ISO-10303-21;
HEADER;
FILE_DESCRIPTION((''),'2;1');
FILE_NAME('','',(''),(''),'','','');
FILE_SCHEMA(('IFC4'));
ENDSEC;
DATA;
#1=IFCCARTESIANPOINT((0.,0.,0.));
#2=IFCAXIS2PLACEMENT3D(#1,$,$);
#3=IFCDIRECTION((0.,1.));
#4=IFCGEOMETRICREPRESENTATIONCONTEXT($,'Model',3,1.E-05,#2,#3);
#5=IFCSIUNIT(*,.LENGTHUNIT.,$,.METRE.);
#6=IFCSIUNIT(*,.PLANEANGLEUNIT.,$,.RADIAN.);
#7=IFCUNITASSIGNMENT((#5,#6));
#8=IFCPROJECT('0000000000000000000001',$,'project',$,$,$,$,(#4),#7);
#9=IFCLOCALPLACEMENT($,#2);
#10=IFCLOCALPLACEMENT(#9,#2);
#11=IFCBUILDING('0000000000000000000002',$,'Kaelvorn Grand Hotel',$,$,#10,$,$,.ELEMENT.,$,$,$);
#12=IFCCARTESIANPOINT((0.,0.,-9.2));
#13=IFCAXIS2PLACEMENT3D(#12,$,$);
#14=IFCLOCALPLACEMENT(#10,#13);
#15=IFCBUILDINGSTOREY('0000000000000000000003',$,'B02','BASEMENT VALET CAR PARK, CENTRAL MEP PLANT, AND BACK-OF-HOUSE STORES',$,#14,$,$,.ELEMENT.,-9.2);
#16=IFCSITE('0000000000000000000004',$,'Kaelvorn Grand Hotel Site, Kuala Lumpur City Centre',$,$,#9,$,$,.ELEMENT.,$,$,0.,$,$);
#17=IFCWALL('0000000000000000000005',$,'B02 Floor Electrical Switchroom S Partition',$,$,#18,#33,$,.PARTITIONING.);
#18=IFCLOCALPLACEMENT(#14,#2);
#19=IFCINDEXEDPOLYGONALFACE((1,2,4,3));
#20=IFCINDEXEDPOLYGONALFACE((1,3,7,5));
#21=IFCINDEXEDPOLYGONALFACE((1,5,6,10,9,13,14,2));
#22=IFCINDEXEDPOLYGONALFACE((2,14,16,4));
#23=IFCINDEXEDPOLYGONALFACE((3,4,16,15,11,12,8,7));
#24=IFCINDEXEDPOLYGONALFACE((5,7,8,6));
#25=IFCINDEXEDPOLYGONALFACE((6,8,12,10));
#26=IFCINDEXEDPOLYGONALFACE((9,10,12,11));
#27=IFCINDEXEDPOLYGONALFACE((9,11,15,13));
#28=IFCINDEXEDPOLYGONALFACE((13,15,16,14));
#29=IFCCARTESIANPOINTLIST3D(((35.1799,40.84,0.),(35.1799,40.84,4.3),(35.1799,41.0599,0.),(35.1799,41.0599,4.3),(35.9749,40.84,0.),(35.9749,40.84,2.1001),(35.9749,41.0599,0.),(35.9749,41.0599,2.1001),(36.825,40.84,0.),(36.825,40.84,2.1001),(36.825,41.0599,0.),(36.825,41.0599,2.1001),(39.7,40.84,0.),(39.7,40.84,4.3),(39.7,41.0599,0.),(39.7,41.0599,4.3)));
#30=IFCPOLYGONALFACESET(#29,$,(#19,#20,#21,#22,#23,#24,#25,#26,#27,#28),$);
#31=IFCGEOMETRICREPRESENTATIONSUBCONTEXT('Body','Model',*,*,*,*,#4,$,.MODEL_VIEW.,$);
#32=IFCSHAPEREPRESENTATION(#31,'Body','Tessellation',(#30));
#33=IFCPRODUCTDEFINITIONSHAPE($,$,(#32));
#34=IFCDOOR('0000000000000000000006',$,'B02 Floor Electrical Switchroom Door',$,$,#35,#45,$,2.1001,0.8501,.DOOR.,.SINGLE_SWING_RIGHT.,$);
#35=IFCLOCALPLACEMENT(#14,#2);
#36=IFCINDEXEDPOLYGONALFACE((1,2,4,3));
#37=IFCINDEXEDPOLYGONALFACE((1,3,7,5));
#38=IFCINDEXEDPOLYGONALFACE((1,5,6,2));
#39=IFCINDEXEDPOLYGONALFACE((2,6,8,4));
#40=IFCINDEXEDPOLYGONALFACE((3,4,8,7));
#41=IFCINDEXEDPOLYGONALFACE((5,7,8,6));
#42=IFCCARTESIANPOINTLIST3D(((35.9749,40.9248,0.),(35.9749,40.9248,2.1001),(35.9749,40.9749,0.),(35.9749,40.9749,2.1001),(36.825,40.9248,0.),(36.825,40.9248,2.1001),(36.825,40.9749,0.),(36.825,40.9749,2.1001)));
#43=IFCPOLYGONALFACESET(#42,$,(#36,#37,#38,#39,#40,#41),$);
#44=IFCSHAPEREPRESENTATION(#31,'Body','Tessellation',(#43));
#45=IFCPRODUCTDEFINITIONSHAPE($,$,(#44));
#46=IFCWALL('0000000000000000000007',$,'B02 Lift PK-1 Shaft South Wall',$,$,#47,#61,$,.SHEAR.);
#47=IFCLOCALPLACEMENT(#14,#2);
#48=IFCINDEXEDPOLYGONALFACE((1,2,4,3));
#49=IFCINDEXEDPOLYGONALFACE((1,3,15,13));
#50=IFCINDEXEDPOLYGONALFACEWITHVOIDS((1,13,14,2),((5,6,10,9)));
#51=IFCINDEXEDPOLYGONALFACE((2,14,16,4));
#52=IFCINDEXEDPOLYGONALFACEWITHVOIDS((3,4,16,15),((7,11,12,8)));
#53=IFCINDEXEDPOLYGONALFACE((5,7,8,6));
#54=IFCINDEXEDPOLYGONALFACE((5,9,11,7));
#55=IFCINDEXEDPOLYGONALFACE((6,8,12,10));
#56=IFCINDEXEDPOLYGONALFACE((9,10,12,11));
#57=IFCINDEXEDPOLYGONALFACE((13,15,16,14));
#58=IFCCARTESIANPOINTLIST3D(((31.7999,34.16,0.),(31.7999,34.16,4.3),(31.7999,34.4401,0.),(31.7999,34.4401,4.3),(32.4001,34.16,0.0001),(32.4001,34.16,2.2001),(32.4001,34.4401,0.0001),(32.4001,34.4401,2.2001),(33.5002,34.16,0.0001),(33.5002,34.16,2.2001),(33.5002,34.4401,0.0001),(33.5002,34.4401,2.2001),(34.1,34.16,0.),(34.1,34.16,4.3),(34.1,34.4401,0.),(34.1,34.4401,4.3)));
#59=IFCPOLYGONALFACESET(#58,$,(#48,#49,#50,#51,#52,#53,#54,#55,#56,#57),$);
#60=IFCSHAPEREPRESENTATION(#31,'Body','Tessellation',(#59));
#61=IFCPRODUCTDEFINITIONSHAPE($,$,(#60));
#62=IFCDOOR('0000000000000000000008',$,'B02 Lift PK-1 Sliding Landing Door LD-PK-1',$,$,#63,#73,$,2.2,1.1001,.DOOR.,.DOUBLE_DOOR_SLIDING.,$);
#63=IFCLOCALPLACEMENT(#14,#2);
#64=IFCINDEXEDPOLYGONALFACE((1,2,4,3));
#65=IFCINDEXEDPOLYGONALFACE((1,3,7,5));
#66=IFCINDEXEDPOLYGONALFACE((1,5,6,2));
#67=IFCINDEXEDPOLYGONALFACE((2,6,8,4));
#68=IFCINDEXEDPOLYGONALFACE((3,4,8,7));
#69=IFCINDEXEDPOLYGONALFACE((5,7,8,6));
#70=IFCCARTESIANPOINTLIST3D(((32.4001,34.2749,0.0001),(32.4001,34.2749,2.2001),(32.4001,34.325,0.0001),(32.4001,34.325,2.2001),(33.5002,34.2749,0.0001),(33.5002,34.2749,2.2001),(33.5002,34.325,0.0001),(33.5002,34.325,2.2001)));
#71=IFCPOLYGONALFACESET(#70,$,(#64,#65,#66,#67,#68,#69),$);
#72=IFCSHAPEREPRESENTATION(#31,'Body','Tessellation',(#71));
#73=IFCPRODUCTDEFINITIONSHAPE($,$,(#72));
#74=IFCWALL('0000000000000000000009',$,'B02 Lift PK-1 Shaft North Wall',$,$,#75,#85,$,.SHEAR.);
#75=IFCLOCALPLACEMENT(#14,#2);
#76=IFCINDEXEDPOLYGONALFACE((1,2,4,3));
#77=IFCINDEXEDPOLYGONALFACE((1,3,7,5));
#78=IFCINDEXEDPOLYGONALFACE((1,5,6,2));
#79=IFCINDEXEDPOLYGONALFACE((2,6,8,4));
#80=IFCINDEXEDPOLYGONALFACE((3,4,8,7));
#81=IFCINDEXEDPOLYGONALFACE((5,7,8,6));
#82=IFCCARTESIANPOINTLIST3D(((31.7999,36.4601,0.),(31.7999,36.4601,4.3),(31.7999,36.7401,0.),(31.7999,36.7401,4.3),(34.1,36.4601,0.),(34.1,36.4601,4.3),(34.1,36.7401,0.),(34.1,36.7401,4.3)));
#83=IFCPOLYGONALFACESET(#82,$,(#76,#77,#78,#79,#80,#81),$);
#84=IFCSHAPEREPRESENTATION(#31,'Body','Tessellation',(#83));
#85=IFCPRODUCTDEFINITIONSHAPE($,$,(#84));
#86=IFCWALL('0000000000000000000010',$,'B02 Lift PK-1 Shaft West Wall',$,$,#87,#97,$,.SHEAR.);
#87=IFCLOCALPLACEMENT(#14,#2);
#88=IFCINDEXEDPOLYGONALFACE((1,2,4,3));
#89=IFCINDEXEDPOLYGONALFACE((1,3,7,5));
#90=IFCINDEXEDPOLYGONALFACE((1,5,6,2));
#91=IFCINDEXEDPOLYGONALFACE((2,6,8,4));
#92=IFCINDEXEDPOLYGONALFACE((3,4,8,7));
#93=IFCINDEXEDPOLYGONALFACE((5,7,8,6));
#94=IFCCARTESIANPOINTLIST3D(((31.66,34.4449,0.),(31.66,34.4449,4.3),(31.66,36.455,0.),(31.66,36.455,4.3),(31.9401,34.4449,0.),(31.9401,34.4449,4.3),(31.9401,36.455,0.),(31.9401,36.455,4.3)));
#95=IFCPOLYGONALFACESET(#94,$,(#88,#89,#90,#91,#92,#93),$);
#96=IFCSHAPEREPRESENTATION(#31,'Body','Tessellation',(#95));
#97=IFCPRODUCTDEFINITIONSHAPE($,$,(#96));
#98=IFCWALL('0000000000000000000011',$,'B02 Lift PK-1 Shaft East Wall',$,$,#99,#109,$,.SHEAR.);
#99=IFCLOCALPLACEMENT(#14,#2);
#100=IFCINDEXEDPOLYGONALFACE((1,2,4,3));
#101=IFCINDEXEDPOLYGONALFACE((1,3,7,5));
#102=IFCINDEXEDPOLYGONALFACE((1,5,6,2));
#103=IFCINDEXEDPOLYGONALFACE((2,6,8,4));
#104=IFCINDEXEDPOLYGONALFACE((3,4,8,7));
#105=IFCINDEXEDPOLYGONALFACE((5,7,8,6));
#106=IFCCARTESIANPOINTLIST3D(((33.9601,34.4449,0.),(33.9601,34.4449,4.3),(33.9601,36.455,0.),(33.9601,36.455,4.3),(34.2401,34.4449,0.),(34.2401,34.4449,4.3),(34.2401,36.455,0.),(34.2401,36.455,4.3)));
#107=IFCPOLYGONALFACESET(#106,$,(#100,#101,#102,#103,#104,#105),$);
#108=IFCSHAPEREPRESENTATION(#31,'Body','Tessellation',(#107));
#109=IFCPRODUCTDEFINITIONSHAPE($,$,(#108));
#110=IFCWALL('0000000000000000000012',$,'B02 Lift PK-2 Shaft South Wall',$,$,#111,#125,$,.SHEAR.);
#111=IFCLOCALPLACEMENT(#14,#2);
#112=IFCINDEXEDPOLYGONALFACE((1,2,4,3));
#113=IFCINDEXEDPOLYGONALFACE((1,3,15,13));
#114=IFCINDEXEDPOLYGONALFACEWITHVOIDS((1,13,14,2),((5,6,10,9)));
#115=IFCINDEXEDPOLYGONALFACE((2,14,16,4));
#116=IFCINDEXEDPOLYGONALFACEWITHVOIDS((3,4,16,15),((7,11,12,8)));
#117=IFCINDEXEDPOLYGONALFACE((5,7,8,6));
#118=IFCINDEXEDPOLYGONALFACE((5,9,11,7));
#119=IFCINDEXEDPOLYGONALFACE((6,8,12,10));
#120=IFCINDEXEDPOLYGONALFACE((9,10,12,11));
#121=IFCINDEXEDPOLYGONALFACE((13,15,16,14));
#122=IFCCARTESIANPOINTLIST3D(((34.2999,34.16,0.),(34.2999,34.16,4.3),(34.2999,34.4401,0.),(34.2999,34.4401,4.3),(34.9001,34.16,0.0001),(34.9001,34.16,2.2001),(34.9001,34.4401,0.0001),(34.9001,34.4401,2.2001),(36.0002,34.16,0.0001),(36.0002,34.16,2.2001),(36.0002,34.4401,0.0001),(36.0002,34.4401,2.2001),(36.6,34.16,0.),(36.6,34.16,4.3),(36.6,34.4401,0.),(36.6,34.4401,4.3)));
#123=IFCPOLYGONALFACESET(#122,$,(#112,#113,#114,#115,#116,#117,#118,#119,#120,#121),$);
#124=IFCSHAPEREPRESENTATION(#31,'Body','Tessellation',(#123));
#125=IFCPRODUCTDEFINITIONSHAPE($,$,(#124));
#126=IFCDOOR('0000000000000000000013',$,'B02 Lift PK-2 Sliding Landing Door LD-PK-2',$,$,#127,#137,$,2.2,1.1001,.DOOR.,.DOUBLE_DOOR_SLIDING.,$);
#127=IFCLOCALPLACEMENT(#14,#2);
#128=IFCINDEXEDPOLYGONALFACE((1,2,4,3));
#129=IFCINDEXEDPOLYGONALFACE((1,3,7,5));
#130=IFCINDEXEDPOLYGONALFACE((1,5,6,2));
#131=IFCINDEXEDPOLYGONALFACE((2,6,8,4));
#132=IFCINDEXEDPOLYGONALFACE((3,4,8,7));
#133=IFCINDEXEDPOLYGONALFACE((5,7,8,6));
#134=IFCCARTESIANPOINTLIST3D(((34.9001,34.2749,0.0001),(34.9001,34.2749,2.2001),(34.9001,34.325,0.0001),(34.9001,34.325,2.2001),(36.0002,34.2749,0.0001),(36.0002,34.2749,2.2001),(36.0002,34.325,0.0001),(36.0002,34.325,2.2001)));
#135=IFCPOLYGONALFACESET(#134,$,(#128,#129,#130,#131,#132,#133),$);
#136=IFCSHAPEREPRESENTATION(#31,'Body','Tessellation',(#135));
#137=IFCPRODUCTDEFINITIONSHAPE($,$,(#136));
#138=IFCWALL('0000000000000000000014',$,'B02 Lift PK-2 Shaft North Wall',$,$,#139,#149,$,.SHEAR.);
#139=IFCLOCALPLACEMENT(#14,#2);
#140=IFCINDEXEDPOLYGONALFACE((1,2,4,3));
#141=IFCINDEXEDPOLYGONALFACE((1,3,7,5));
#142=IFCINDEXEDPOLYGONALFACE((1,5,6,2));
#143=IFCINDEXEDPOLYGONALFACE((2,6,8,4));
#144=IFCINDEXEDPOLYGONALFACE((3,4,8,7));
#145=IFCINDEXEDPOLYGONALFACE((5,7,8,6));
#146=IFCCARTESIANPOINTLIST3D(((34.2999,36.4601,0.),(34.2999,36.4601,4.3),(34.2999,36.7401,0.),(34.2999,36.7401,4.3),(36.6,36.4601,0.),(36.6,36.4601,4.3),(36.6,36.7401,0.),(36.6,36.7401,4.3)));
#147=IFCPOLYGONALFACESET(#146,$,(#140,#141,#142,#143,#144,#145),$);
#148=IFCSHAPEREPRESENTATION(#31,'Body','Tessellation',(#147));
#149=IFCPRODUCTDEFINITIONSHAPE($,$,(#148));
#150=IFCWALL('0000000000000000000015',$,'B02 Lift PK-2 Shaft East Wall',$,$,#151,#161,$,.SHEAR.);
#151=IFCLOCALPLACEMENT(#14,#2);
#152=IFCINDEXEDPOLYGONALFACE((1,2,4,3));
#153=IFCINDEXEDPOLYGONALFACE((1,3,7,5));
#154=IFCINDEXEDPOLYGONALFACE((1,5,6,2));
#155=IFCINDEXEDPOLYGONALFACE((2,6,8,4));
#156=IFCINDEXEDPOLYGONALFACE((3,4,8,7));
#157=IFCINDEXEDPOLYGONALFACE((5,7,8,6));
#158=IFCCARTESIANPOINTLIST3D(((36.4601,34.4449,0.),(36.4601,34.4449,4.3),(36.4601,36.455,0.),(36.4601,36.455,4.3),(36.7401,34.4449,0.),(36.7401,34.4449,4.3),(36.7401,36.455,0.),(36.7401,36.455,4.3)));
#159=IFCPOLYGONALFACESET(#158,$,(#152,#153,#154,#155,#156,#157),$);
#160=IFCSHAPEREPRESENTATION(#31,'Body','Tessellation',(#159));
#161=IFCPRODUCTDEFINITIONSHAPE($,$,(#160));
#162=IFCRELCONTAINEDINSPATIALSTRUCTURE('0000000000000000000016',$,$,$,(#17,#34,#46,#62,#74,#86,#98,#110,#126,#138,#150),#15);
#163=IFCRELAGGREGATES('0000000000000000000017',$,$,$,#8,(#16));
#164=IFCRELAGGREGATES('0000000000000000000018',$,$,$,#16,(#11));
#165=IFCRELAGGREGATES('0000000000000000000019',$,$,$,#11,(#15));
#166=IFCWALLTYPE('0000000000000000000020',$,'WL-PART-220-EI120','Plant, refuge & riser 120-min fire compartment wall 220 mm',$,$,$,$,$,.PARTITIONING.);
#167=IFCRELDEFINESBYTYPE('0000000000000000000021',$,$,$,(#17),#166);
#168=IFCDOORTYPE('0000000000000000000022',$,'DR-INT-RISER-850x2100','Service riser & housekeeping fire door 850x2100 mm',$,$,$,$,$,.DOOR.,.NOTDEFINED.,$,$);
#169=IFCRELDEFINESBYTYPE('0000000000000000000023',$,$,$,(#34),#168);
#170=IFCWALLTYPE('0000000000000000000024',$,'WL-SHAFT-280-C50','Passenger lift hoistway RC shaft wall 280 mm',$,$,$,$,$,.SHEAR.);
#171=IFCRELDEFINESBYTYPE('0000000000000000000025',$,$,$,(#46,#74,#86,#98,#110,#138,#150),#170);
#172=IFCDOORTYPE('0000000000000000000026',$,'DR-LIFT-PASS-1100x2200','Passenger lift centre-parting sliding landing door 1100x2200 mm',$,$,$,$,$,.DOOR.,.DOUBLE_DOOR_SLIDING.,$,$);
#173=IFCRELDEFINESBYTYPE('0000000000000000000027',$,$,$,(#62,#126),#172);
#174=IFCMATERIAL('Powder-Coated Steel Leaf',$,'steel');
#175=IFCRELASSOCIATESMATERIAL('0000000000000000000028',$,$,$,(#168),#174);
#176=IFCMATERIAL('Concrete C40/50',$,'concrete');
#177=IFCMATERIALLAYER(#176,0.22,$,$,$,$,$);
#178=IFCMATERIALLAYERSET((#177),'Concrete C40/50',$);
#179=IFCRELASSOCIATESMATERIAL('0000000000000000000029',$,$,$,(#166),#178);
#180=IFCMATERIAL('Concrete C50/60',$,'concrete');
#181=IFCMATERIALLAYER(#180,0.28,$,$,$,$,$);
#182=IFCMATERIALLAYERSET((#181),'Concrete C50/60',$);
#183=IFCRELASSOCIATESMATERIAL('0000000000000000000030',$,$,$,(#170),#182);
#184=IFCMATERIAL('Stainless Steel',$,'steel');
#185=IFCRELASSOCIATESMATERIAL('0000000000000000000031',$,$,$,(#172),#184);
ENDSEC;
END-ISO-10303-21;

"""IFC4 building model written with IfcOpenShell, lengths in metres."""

from ifc_helpers import new_model, si_unit, direction, frame, frame_2d, origin, place, context, subcontext, project, spatial, rectangle, extrude, material, layer, layer_set, type_object, element, fill, save


model = new_model("IFC4")

# Units and contexts
model_context = context("Model", 3, precision=1e-05, world=origin(), true_north=direction((0.0, 1.0)))
body_context = subcontext(model_context, "Body", "Model", "MODEL_VIEW")
ifc_project = project(units=[si_unit("LENGTHUNIT", "METRE"), si_unit("PLANEANGLEUNIT", "RADIAN")], contexts=[model_context])

# Site, building, storey
site_placement = place(None, origin())
site = spatial("IfcSite", under=ifc_project, at=site_placement, Name="Kaelvorn Grand Hotel Site, Kuala Lumpur City Centre", CompositionType="ELEMENT", RefElevation=0.0)
building_placement = place(site_placement, origin())
building = spatial("IfcBuilding", under=site, at=building_placement, Name="Kaelvorn Grand Hotel", CompositionType="ELEMENT")
storey_placement = place(building_placement, frame((0.0, 0.0, -9.2)))
storey = spatial("IfcBuildingStorey", under=building, at=storey_placement, Name="B02", Description="BASEMENT VALET CAR PARK, CENTRAL MEP PLANT, AND BACK-OF-HOUSE STORES", CompositionType="ELEMENT", Elevation=-9.2)

# Shared definitions
ifc_material_1 = material(Name="Powder-Coated Steel Leaf", Category="steel")
door_type_1 = type_object("IfcDoorType", Name="DR-INT-RISER-850x2100", Description="Service riser & housekeeping fire door 850x2100 mm", OperationType="NOTDEFINED", PredefinedType="DOOR", material=ifc_material_1)

# Shared definitions
ifc_material_2 = material(Name="Concrete C40/50", Category="concrete")
ifc_layer_1 = layer(ifc_material_2, 0.22)
ifc_layer_set_1 = layer_set([ifc_layer_1], Name="Concrete C40/50")
wall_type_1 = type_object("IfcWallType", Name="WL-PART-220-EI120", Description="Plant, refuge & riser 120-min fire compartment wall 220 mm", PredefinedType="PARTITIONING", material=ifc_layer_set_1)

# Walls, openings, doors
wall_1_placement = place(storey_placement, frame((35.1799, 40.95, 0.0), z_axis=(0.0, 0.0, 1.0), x_axis=(1.0, 0.0, 0.0)))
wall_1 = element("IfcWall", 1, at=wall_1_placement, inside=storey, type_object=wall_type_1, Name="B02 Floor Electrical Switchroom S Partition", PredefinedType="PARTITIONING", context=body_context, shape_type="SweptSolid", body=[
    extrude(rectangle(XDim=4.52, YDim=0.22, at=frame_2d((2.26, 0.0))), origin(), (0.0, 0.0, 1.0), 4.3),
])
opening_1_placement = place(wall_1_placement, frame((0.7949, 0.0, 0.0)))
opening_1 = element("IfcOpeningElement", 2, at=opening_1_placement, cuts=wall_1, PredefinedType="OPENING", context=body_context, shape_type="SweptSolid", body=[
    extrude(rectangle(XDim=0.8501, YDim=2.1001, at=frame_2d((0.425, 1.05))), frame((0.0, 0.1201, 0.0), z_axis=(0.0, -1.0, 0.0), x_axis=(1.0, 0.0, 0.0)), (0.0, 0.0, 1.0), 0.24),
])
door_1_placement = place(opening_1_placement, origin())
door_1 = element("IfcDoor", 3, at=door_1_placement, inside=storey, type_object=door_type_1, Name="B02 Floor Electrical Switchroom Door", OperationType="SINGLE_SWING_RIGHT", OverallHeight=2.1001, OverallWidth=0.8501, PredefinedType="DOOR", context=body_context, shape_type="SweptSolid", body=[
    extrude(rectangle(XDim=0.8501, YDim=2.1001, at=frame_2d((0.425, 1.05))), frame((0.0, 0.0249, 0.0), z_axis=(0.0, -1.0, 0.0), x_axis=(1.0, 0.0, 0.0)), (0.0, 0.0, 1.0), 0.05),
])
fill(opening_1, door_1)
ifc_material_3 = material(Name="Concrete C50/60", Category="concrete")
ifc_layer_2 = layer(ifc_material_3, 0.28)
ifc_layer_set_2 = layer_set([ifc_layer_2], Name="Concrete C50/60")
wall_type_2 = type_object("IfcWallType", Name="WL-SHAFT-280-C50", Description="Passenger lift hoistway RC shaft wall 280 mm", PredefinedType="SHEAR", material=ifc_layer_set_2)
wall_2_placement = place(storey_placement, frame((31.8, 34.3, 0.0), z_axis=(0.0, 0.0, 1.0), x_axis=(1.0, 0.0, 0.0)))
wall_2 = element("IfcWall", 4, at=wall_2_placement, inside=storey, type_object=wall_type_2, Name="B02 Lift PK-1 Shaft South Wall", PredefinedType="SHEAR", context=body_context, shape_type="SweptSolid", body=[
    extrude(rectangle(XDim=2.3, YDim=0.28, at=frame_2d((1.1499, 0.0))), origin(), (0.0, 0.0, 1.0), 4.3),
])
opening_2_placement = place(wall_2_placement, frame((0.6001, 0.0, 0.0)))
opening_2 = element("IfcOpeningElement", 5, at=opening_2_placement, cuts=wall_2, PredefinedType="OPENING", context=body_context, shape_type="SweptSolid", body=[
    extrude(rectangle(XDim=1.1001, YDim=2.2, at=frame_2d((0.55, 1.1001))), frame((0.0, 0.1499, 0.0), z_axis=(0.0, -1.0, 0.0), x_axis=(1.0, 0.0, 0.0)), (0.0, 0.0, 1.0), 0.3),
])
ifc_material_4 = material(Name="Stainless Steel", Category="steel")
door_type_2 = type_object("IfcDoorType", Name="DR-LIFT-PASS-1100x2200", Description="Passenger lift centre-parting sliding landing door 1100x2200 mm", OperationType="DOUBLE_DOOR_SLIDING", PredefinedType="DOOR", material=ifc_material_4)
door_2_placement = place(opening_2_placement, origin())
door_2 = element("IfcDoor", 6, at=door_2_placement, inside=storey, type_object=door_type_2, Name="B02 Lift PK-1 Sliding Landing Door LD-PK-1", OperationType="DOUBLE_DOOR_SLIDING", OverallHeight=2.2, OverallWidth=1.1001, PredefinedType="DOOR", context=body_context, shape_type="SweptSolid", body=[
    extrude(rectangle(XDim=1.1001, YDim=2.2, at=frame_2d((0.55, 1.1001))), frame((0.0, 0.0249, 0.0), z_axis=(0.0, -1.0, 0.0), x_axis=(1.0, 0.0, 0.0)), (0.0, 0.0, 1.0), 0.05),
])
fill(opening_2, door_2)

# Walls
wall_3_placement = place(storey_placement, frame((31.8, 36.6001, 0.0), z_axis=(0.0, 0.0, 1.0), x_axis=(1.0, 0.0, 0.0)))
element("IfcWall", 7, at=wall_3_placement, inside=storey, type_object=wall_type_2, Name="B02 Lift PK-1 Shaft North Wall", PredefinedType="SHEAR", context=body_context, shape_type="SweptSolid", body=[
    extrude(rectangle(XDim=2.3, YDim=0.28, at=frame_2d((1.1499, 0.0))), origin(), (0.0, 0.0, 1.0), 4.3),
])
for number, where, z_axis, x_axis, name in (
    (8, (31.8, 34.4451, 0.0), (0.0, 0.0, 1.0), (0.0, 1.0, 0.0), "B02 Lift PK-1 Shaft West Wall"),
    (9, (34.1001, 34.4451, 0.0), (0.0, 0.0, 1.0), (0.0, 1.0, 0.0), "B02 Lift PK-1 Shaft East Wall"),
):
    element("IfcWall", number, at=place(storey_placement, frame(where, z_axis=z_axis, x_axis=x_axis)), inside=storey, type_object=wall_type_2, Name=name, PredefinedType="SHEAR", context=body_context, shape_type="SweptSolid", body=[
        extrude(rectangle(XDim=2.01, YDim=0.28, at=frame_2d((1.0049, 0.0))), origin(), (0.0, 0.0, 1.0), 4.3),
    ])

# Wall, opening, door
wall_4_placement = place(storey_placement, frame((34.3, 34.3, 0.0), z_axis=(0.0, 0.0, 1.0), x_axis=(1.0, 0.0, 0.0)))
wall_4 = element("IfcWall", 10, at=wall_4_placement, inside=storey, type_object=wall_type_2, Name="B02 Lift PK-2 Shaft South Wall", PredefinedType="SHEAR", context=body_context, shape_type="SweptSolid", body=[
    extrude(rectangle(XDim=2.3, YDim=0.28, at=frame_2d((1.1499, 0.0))), origin(), (0.0, 0.0, 1.0), 4.3),
])
opening_3_placement = place(wall_4_placement, frame((0.6001, 0.0, 0.0)))
opening_3 = element("IfcOpeningElement", 11, at=opening_3_placement, cuts=wall_4, PredefinedType="OPENING", context=body_context, shape_type="SweptSolid", body=[
    extrude(rectangle(XDim=1.1001, YDim=2.2, at=frame_2d((0.55, 1.1001))), frame((0.0, 0.1499, 0.0), z_axis=(0.0, -1.0, 0.0), x_axis=(1.0, 0.0, 0.0)), (0.0, 0.0, 1.0), 0.3),
])
door_3_placement = place(opening_3_placement, origin())
door_3 = element("IfcDoor", 12, at=door_3_placement, inside=storey, type_object=door_type_2, Name="B02 Lift PK-2 Sliding Landing Door LD-PK-2", OperationType="DOUBLE_DOOR_SLIDING", OverallHeight=2.2, OverallWidth=1.1001, PredefinedType="DOOR", context=body_context, shape_type="SweptSolid", body=[
    extrude(rectangle(XDim=1.1001, YDim=2.2, at=frame_2d((0.55, 1.1001))), frame((0.0, 0.0249, 0.0), z_axis=(0.0, -1.0, 0.0), x_axis=(1.0, 0.0, 0.0)), (0.0, 0.0, 1.0), 0.05),
])
fill(opening_3, door_3)

# Walls
wall_5_placement = place(storey_placement, frame((34.3, 36.6001, 0.0), z_axis=(0.0, 0.0, 1.0), x_axis=(1.0, 0.0, 0.0)))
element("IfcWall", 13, at=wall_5_placement, inside=storey, type_object=wall_type_2, Name="B02 Lift PK-2 Shaft North Wall", PredefinedType="SHEAR", context=body_context, shape_type="SweptSolid", body=[
    extrude(rectangle(XDim=2.3, YDim=0.28, at=frame_2d((1.1499, 0.0))), origin(), (0.0, 0.0, 1.0), 4.3),
])
wall_6_placement = place(storey_placement, frame((36.6001, 34.4451, 0.0), z_axis=(0.0, 0.0, 1.0), x_axis=(0.0, 1.0, 0.0)))
element("IfcWall", 14, at=wall_6_placement, inside=storey, type_object=wall_type_2, Name="B02 Lift PK-2 Shaft East Wall", PredefinedType="SHEAR", context=body_context, shape_type="SweptSolid", body=[
    extrude(rectangle(XDim=2.01, YDim=0.28, at=frame_2d((1.0049, 0.0))), origin(), (0.0, 0.0, 1.0), 4.3),
])

save(model, "model.ifc")
